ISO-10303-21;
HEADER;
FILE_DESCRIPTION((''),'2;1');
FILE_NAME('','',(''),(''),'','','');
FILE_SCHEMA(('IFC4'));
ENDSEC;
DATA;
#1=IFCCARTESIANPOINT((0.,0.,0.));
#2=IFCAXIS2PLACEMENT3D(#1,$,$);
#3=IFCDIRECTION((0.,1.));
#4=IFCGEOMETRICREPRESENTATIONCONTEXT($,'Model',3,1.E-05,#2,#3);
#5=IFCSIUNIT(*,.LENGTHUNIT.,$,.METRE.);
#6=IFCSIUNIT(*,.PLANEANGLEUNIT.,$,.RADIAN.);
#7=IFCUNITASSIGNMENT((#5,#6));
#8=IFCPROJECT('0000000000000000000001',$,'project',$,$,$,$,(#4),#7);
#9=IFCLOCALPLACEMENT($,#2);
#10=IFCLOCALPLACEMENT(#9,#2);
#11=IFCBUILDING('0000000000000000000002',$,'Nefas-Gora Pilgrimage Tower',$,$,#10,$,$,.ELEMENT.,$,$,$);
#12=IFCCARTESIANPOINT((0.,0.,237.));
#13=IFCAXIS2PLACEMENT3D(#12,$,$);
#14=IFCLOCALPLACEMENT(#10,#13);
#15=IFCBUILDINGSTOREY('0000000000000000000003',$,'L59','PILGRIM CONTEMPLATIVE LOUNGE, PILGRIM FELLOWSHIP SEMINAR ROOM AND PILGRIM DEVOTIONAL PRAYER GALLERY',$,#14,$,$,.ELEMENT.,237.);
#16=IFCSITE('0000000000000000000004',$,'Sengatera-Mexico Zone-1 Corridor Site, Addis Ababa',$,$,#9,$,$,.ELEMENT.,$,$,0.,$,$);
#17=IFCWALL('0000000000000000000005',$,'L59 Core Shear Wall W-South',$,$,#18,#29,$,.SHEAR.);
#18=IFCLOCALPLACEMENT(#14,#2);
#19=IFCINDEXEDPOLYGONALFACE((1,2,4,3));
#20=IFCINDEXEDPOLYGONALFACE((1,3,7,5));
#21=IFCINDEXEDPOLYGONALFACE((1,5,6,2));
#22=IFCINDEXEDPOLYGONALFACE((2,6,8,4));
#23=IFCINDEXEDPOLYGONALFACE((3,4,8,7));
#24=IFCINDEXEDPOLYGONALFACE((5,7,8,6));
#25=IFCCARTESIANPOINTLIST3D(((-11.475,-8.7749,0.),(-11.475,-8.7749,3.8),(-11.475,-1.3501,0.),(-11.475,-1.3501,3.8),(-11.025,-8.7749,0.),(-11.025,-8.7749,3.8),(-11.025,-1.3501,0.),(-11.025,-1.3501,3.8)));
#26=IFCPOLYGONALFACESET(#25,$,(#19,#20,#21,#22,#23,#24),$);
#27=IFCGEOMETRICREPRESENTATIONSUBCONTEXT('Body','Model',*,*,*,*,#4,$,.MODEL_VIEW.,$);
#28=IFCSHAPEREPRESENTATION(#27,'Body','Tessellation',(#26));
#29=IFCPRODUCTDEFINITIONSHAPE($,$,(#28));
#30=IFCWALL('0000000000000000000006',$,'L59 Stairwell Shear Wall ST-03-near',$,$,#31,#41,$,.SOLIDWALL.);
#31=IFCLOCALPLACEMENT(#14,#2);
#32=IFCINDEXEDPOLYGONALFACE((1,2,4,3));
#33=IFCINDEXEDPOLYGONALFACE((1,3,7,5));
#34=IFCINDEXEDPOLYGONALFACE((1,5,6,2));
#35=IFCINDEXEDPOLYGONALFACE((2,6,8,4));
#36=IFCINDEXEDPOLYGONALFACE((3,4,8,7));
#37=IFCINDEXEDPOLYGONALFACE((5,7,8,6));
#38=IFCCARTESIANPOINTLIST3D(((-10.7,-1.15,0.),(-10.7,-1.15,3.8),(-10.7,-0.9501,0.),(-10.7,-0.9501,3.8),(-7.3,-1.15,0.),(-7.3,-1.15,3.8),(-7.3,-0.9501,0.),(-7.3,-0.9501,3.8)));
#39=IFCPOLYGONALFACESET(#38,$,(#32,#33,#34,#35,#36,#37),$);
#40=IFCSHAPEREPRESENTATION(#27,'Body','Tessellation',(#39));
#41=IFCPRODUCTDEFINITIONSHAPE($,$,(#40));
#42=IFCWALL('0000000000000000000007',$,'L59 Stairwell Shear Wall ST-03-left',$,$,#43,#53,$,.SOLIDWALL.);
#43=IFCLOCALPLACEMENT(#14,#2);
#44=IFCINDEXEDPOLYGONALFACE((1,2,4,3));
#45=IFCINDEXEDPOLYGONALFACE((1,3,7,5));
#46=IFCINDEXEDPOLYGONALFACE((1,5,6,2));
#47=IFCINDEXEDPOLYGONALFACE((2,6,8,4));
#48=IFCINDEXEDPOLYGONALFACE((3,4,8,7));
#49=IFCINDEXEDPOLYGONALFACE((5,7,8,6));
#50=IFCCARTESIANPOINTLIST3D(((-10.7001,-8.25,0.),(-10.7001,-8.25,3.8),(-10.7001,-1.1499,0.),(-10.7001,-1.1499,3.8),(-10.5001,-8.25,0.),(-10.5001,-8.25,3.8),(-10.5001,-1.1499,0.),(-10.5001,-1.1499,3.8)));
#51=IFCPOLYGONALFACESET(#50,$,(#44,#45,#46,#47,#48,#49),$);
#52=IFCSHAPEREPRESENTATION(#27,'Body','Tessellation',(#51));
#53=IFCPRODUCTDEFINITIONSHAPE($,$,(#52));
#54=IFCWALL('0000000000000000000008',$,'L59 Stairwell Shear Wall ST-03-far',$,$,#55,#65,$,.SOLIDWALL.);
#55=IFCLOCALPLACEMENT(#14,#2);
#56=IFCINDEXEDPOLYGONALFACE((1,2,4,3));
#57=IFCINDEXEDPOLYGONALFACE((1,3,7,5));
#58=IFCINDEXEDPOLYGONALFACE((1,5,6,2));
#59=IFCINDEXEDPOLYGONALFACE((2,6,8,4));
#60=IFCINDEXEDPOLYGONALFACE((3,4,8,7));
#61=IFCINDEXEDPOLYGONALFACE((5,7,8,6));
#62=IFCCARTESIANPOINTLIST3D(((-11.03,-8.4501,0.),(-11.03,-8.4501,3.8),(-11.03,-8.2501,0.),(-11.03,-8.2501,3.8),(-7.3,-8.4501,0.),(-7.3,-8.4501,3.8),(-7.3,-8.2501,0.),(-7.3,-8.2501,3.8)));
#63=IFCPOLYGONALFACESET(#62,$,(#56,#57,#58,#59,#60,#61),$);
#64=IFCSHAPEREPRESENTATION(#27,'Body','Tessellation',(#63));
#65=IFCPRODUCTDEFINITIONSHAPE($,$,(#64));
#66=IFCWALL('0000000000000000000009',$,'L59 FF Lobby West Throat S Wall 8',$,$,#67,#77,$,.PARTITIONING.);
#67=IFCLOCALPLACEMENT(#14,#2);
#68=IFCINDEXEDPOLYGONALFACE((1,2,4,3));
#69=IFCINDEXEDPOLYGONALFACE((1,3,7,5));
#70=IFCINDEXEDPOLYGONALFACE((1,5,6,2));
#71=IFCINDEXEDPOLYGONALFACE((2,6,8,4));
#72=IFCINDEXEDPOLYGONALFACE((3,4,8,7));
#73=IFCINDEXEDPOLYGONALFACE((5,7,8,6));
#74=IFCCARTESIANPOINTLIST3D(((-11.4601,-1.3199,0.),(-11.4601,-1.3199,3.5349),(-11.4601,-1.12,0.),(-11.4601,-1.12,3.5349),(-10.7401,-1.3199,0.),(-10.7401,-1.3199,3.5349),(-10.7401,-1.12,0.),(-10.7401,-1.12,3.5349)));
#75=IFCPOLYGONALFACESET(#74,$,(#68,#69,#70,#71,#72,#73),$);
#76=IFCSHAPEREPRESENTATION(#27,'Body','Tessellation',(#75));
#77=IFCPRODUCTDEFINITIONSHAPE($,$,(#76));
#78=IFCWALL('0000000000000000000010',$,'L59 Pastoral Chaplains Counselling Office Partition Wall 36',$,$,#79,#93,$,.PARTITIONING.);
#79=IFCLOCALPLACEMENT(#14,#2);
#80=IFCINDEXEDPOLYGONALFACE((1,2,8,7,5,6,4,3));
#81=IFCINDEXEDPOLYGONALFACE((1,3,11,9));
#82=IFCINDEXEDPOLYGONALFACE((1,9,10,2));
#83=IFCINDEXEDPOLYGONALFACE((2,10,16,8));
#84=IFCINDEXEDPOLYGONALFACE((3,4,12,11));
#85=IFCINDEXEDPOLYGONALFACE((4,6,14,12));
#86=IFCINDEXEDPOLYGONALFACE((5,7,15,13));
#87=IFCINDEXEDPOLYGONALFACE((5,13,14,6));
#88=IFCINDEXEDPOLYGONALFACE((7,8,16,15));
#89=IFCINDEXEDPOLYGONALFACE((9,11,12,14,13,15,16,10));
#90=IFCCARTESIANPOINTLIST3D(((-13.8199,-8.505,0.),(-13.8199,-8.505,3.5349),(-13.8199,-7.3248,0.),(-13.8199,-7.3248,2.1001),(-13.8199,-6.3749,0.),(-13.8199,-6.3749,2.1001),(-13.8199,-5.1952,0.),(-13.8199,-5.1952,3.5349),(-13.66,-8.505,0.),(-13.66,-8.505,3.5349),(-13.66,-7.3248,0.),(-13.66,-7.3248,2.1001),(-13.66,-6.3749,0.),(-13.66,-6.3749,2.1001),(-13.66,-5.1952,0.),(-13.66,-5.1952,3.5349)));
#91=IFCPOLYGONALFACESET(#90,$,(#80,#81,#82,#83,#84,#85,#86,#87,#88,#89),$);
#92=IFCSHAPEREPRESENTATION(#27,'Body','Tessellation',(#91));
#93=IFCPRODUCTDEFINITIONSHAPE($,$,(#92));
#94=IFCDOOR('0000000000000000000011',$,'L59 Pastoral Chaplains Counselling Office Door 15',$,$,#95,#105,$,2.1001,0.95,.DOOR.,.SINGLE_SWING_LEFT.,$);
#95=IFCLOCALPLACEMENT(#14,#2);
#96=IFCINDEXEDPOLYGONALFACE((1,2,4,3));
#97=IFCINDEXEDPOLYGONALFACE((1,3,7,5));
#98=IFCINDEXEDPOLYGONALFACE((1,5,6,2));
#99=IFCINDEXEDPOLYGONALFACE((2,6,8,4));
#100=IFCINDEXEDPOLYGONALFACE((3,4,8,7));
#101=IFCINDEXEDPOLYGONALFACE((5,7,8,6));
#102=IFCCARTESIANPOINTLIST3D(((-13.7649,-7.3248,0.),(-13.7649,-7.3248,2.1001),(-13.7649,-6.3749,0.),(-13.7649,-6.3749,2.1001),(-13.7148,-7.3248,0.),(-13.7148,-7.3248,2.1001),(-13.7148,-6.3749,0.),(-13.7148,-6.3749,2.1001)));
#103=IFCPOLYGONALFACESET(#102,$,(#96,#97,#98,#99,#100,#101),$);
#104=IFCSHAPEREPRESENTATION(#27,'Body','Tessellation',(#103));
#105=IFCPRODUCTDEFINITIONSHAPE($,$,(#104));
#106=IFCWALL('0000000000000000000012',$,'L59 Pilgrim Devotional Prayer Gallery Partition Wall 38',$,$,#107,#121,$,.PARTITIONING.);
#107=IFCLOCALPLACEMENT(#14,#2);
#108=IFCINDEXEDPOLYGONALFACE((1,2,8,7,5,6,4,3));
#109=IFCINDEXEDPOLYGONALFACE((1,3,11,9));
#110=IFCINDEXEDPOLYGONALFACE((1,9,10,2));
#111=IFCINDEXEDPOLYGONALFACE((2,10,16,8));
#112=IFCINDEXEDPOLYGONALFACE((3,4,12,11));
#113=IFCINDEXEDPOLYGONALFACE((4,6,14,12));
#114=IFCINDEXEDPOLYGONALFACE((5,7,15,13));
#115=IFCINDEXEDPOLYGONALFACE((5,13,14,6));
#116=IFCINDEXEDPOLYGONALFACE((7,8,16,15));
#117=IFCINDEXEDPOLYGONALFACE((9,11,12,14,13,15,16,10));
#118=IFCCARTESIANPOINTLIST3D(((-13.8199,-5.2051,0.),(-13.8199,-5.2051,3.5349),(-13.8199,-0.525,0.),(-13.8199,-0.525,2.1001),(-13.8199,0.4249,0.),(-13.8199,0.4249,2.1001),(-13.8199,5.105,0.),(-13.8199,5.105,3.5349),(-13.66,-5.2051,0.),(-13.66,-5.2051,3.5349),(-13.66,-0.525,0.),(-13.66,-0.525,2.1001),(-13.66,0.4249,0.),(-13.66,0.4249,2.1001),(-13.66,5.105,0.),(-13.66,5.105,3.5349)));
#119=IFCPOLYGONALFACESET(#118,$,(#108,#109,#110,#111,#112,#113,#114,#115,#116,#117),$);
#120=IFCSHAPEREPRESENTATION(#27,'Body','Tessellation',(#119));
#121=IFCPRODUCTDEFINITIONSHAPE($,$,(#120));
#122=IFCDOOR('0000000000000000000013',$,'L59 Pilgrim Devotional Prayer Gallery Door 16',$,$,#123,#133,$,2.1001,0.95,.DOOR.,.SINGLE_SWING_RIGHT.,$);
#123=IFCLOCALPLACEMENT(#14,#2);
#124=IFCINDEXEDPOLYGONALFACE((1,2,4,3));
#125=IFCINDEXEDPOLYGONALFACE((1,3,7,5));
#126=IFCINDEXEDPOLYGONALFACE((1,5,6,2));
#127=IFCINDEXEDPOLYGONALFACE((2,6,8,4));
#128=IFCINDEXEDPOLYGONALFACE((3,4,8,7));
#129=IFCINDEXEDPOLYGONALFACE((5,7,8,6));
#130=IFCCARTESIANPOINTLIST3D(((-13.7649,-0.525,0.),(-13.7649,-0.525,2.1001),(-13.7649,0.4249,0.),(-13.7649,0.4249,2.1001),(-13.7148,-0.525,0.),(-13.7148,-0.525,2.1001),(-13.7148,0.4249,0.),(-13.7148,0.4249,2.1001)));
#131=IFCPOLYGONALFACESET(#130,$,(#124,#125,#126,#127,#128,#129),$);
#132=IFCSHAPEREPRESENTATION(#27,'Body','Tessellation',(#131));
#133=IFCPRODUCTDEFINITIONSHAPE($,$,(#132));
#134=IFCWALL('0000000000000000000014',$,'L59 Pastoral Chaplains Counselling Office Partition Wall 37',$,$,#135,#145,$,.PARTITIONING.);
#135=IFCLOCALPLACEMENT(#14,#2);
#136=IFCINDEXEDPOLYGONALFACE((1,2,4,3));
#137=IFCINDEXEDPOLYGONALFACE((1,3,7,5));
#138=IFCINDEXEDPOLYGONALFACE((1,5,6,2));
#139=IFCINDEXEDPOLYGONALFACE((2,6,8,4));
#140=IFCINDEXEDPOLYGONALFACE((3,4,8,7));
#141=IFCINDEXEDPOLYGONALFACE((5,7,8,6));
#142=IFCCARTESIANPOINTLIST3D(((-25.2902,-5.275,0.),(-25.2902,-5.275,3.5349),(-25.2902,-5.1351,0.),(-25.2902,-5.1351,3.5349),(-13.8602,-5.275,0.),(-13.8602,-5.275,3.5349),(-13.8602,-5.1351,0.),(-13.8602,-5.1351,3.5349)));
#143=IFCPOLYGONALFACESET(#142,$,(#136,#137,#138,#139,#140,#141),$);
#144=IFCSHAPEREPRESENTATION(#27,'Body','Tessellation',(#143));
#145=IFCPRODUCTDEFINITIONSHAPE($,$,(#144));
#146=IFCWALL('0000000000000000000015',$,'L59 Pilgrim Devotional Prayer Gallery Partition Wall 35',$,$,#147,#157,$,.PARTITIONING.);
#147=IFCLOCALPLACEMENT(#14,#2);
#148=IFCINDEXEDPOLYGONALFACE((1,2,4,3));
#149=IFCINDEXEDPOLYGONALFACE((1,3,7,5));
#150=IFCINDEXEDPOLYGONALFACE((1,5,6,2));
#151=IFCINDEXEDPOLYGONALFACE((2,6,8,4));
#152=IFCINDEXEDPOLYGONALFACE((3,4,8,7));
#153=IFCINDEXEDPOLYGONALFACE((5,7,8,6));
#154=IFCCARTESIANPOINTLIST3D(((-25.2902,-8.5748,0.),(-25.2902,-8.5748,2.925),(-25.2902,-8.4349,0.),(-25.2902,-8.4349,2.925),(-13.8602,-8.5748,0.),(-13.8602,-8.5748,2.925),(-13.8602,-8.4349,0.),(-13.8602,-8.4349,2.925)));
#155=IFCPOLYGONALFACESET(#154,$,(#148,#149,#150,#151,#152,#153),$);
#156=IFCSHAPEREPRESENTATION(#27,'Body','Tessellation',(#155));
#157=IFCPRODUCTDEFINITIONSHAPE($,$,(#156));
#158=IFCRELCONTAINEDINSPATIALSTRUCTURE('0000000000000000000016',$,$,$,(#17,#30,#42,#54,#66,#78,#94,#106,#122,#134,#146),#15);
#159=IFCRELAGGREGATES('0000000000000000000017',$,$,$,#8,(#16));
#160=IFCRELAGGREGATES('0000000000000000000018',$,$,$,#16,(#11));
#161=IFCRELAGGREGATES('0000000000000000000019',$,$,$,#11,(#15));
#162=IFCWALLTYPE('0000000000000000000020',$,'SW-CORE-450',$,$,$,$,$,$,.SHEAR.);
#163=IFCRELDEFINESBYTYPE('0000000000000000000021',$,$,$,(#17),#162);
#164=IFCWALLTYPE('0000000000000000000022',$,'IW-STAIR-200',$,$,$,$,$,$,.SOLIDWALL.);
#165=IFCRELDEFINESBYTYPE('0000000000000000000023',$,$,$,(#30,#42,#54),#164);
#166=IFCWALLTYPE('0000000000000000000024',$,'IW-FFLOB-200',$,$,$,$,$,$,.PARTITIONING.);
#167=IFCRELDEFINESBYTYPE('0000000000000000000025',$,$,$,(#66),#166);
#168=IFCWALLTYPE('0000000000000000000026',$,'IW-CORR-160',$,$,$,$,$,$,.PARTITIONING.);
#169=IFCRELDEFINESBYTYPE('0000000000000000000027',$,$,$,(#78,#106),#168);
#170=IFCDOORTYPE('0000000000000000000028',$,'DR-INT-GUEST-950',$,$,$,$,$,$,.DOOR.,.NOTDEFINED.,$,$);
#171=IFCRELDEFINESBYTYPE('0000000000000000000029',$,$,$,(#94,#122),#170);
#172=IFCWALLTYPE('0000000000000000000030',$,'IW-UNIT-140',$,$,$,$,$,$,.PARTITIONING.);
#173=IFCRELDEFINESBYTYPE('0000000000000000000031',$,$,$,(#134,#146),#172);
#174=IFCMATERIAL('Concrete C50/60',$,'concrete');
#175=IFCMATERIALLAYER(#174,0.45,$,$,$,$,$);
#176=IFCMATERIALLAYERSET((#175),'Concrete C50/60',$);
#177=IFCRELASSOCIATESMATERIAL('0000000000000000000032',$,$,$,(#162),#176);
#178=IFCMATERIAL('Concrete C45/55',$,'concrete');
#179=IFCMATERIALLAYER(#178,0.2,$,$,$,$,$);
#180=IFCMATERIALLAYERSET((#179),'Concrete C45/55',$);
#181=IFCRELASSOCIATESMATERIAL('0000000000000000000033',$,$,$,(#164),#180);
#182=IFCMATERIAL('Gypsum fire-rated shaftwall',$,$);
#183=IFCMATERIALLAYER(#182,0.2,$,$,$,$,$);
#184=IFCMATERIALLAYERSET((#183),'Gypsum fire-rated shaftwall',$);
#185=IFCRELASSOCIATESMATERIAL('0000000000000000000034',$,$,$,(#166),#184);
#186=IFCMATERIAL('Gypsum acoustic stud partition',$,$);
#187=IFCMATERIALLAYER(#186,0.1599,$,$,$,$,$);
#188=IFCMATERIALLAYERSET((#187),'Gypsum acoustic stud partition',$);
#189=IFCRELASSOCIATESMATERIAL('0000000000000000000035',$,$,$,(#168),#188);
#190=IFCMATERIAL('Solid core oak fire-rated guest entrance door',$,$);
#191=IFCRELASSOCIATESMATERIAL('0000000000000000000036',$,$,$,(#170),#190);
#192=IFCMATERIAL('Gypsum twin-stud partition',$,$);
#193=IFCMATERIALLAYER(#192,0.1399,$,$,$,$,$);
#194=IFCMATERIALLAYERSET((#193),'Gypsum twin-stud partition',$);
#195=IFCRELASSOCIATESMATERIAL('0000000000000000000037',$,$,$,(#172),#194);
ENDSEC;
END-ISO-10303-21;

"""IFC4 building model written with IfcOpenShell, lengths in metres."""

from ifc_helpers import new_model, si_unit, direction, frame, frame_2d, origin, place, context, subcontext, project, spatial, rectangle, extrude, source, transform, mapped, material, layer, layer_set, type_object, element, fill, save


model = new_model("IFC4")

# Units and contexts
model_context = context("Model", 3, precision=1e-05, world=origin(), true_north=direction((0.0, 1.0)))
body_context = subcontext(model_context, "Body", "Model", "MODEL_VIEW")
ifc_project = project(units=[si_unit("LENGTHUNIT", "METRE"), si_unit("PLANEANGLEUNIT", "RADIAN")], contexts=[model_context])

# Site, building, storey
site_placement = place(None, origin())
site = spatial("IfcSite", under=ifc_project, at=site_placement, Name="Sengatera-Mexico Zone-1 Corridor Site, Addis Ababa", CompositionType="ELEMENT", RefElevation=0.0)
building_placement = place(site_placement, origin())
building = spatial("IfcBuilding", under=site, at=building_placement, Name="Nefas-Gora Pilgrimage Tower", CompositionType="ELEMENT")
storey_placement = place(building_placement, frame((0.0, 0.0, 237.0)))
storey = spatial("IfcBuildingStorey", under=building, at=storey_placement, Name="L59", Description="PILGRIM CONTEMPLATIVE LOUNGE, PILGRIM FELLOWSHIP SEMINAR ROOM AND PILGRIM DEVOTIONAL PRAYER GALLERY", CompositionType="ELEMENT", Elevation=237.0)

# Shared definitions
ifc_material_1 = material(Name="Concrete C50/60", Category="concrete")

# Walls
ifc_layer_1 = layer(ifc_material_1, 0.45)
ifc_layer_set_1 = layer_set([ifc_layer_1], Name="Concrete C50/60")
wall_type_1 = type_object("IfcWallType", Name="SW-CORE-450", PredefinedType="SHEAR", material=ifc_layer_set_1)
shared_shape_1 = source(origin(), body_context, "Body", "SweptSolid", [
    extrude(rectangle(XDim=7.4248, YDim=0.45, at=frame_2d((3.7124, 0.0))), origin(), (0.0, 0.0, 1.0), 3.8),
])
wall_1_placement = place(storey_placement, frame((-11.25, -8.7749, 0.0), z_axis=(0.0, 0.0, 1.0), x_axis=(0.0, 1.0, 0.0)))
element("IfcWall", 1, at=wall_1_placement, inside=storey, type_object=wall_type_1, Name="L59 Core Shear Wall W-South", PredefinedType="SHEAR", context=body_context, shape_type="MappedRepresentation", body=[
    mapped(shared_shape_1, transform((0.0, 0.0, 0.0), x_axis=(1.0, 0.0, 0.0), y_axis=(0.0, 1.0, 0.0), z_axis=(0.0, 0.0, 1.0), scale=1.0)),
])
ifc_material_2 = material(Name="Concrete C45/55", Category="concrete")
ifc_layer_2 = layer(ifc_material_2, 0.2)
ifc_layer_set_2 = layer_set([ifc_layer_2], Name="Concrete C45/55")
wall_type_2 = type_object("IfcWallType", Name="IW-STAIR-200", PredefinedType="SOLIDWALL", material=ifc_layer_set_2)
shared_shape_2 = source(origin(), body_context, "Body", "SweptSolid", [
    extrude(rectangle(XDim=3.3999, YDim=0.2, at=frame_2d((1.7, 0.0))), origin(), (0.0, 0.0, 1.0), 3.8),
])
wall_2_placement = place(storey_placement, frame((-10.7, -1.05, 0.0), z_axis=(0.0, 0.0, 1.0), x_axis=(1.0, 0.0, 0.0)))
element("IfcWall", 2, at=wall_2_placement, inside=storey, type_object=wall_type_2, Name="L59 Stairwell Shear Wall ST-03-near", PredefinedType="SOLIDWALL", context=body_context, shape_type="MappedRepresentation", body=[
    mapped(shared_shape_2, transform((0.0, 0.0, 0.0), x_axis=(1.0, 0.0, 0.0), y_axis=(0.0, 1.0, 0.0), z_axis=(0.0, 0.0, 1.0), scale=1.0)),
])
shared_shape_3 = source(origin(), body_context, "Body", "SweptSolid", [
    extrude(rectangle(XDim=7.1001, YDim=0.2, at=frame_2d((3.55, 0.0))), origin(), (0.0, 0.0, 1.0), 3.8),
])
wall_3_placement = place(storey_placement, frame((-10.6001, -1.1499, 0.0), z_axis=(0.0, 0.0, 1.0), x_axis=(0.0, -1.0, 0.0)))
element("IfcWall", 3, at=wall_3_placement, inside=storey, type_object=wall_type_2, Name="L59 Stairwell Shear Wall ST-03-left", PredefinedType="SOLIDWALL", context=body_context, shape_type="MappedRepresentation", body=[
    mapped(shared_shape_3, transform((0.0, 0.0, 0.0), x_axis=(1.0, 0.0, 0.0), y_axis=(0.0, 1.0, 0.0), z_axis=(0.0, 0.0, 1.0), scale=1.0)),
])
shared_shape_4 = source(origin(), body_context, "Body", "SweptSolid", [
    extrude(rectangle(XDim=3.73, YDim=0.2, at=frame_2d((1.865, 0.0))), origin(), (0.0, 0.0, 1.0), 3.8),
])
wall_4_placement = place(storey_placement, frame((-11.03, -8.3501, 0.0), z_axis=(0.0, 0.0, 1.0), x_axis=(1.0, 0.0, 0.0)))
element("IfcWall", 4, at=wall_4_placement, inside=storey, type_object=wall_type_2, Name="L59 Stairwell Shear Wall ST-03-far", PredefinedType="SOLIDWALL", context=body_context, shape_type="MappedRepresentation", body=[
    mapped(shared_shape_4, transform((0.0, 0.0, 0.0), x_axis=(1.0, 0.0, 0.0), y_axis=(0.0, 1.0, 0.0), z_axis=(0.0, 0.0, 1.0), scale=1.0)),
])
ifc_material_3 = material(Name="Gypsum fire-rated shaftwall")
ifc_layer_3 = layer(ifc_material_3, 0.2)
ifc_layer_set_3 = layer_set([ifc_layer_3], Name="Gypsum fire-rated shaftwall")
wall_type_3 = type_object("IfcWallType", Name="IW-FFLOB-200", PredefinedType="PARTITIONING", material=ifc_layer_set_3)
shared_shape_5 = source(origin(), body_context, "Body", "SweptSolid", [
    extrude(rectangle(XDim=0.72, YDim=0.2, at=frame_2d((0.3599, 0.0))), origin(), (0.0, 0.0, 1.0), 3.5349),
])
wall_5_placement = place(storey_placement, frame((-11.46, -1.22, 0.0), z_axis=(0.0, 0.0, 1.0), x_axis=(1.0, 0.0, 0.0)))
element("IfcWall", 5, at=wall_5_placement, inside=storey, type_object=wall_type_3, Name="L59 FF Lobby West Throat S Wall 8", PredefinedType="PARTITIONING", context=body_context, shape_type="MappedRepresentation", body=[
    mapped(shared_shape_5, transform((0.0, 0.0, 0.0), x_axis=(1.0, 0.0, 0.0), y_axis=(0.0, 1.0, 0.0), z_axis=(0.0, 0.0, 1.0), scale=1.0)),
])

# Walls, openings, doors
ifc_material_4 = material(Name="Gypsum acoustic stud partition")
ifc_layer_4 = layer(ifc_material_4, 0.1599)
ifc_layer_set_4 = layer_set([ifc_layer_4], Name="Gypsum acoustic stud partition")
wall_type_4 = type_object("IfcWallType", Name="IW-CORR-160", PredefinedType="PARTITIONING", material=ifc_layer_set_4)
shared_shape_6 = source(origin(), body_context, "Body", "SweptSolid", [
    extrude(rectangle(XDim=3.3098, YDim=0.1599, at=frame_2d((1.6548, 0.0))), origin(), (0.0, 0.0, 1.0), 3.5349),
])
wall_6_placement = place(storey_placement, frame((-13.74, -8.5049, 0.0), z_axis=(0.0, 0.0, 1.0), x_axis=(0.0, 1.0, 0.0)))
wall_6 = element("IfcWall", 6, at=wall_6_placement, inside=storey, type_object=wall_type_4, Name="L59 Pastoral Chaplains Counselling Office Partition Wall 36", PredefinedType="PARTITIONING", context=body_context, shape_type="MappedRepresentation", body=[
    mapped(shared_shape_6, transform((0.0, 0.0, 0.0), x_axis=(1.0, 0.0, 0.0), y_axis=(0.0, 1.0, 0.0), z_axis=(0.0, 0.0, 1.0), scale=1.0)),
])
opening_1_placement = place(wall_6_placement, frame((1.1799, 0.0, 0.0)))
opening_1 = element("IfcOpeningElement", 7, at=opening_1_placement, cuts=wall_6, PredefinedType="OPENING", context=body_context, shape_type="SweptSolid", body=[
    extrude(rectangle(XDim=0.95, YDim=2.1001, at=frame_2d((0.4751, 1.05))), frame((0.0, 0.0898, 0.0), z_axis=(0.0, -1.0, 0.0), x_axis=(1.0, 0.0, 0.0)), (0.0, 0.0, 1.0), 0.1799),
])
ifc_material_5 = material(Name="Solid core oak fire-rated guest entrance door")
door_type_1 = type_object("IfcDoorType", Name="DR-INT-GUEST-950", OperationType="NOTDEFINED", PredefinedType="DOOR", material=ifc_material_5)
shared_shape_7 = source(origin(), body_context, "Body", "SweptSolid", [
    extrude(rectangle(XDim=0.95, YDim=2.1001, at=frame_2d((0.4751, 1.05))), frame((0.0, 0.0249, 0.0), z_axis=(0.0, -1.0, 0.0), x_axis=(1.0, 0.0, 0.0)), (0.0, 0.0, 1.0), 0.05),
])
door_1_placement = place(opening_1_placement, origin())
door_1 = element("IfcDoor", 8, at=door_1_placement, inside=storey, type_object=door_type_1, Name="L59 Pastoral Chaplains Counselling Office Door 15", OperationType="SINGLE_SWING_LEFT", OverallHeight=2.1001, OverallWidth=0.95, PredefinedType="DOOR", context=body_context, shape_type="MappedRepresentation", body=[
    mapped(shared_shape_7, transform((0.0, 0.0, 0.0), x_axis=(1.0, 0.0, 0.0), y_axis=(0.0, 1.0, 0.0), z_axis=(0.0, 0.0, 1.0), scale=1.0)),
])
fill(opening_1, door_1)
shared_shape_8 = source(origin(), body_context, "Body", "SweptSolid", [
    extrude(rectangle(XDim=10.3101, YDim=0.1599, at=frame_2d((5.155, 0.0))), origin(), (0.0, 0.0, 1.0), 3.5349),
])
wall_7_placement = place(storey_placement, frame((-13.74, -5.2051, 0.0), z_axis=(0.0, 0.0, 1.0), x_axis=(0.0, 1.0, 0.0)))
wall_7 = element("IfcWall", 9, at=wall_7_placement, inside=storey, type_object=wall_type_4, Name="L59 Pilgrim Devotional Prayer Gallery Partition Wall 38", PredefinedType="PARTITIONING", context=body_context, shape_type="MappedRepresentation", body=[
    mapped(shared_shape_8, transform((0.0, 0.0, 0.0), x_axis=(1.0, 0.0, 0.0), y_axis=(0.0, 1.0, 0.0), z_axis=(0.0, 0.0, 1.0), scale=1.0)),
])
opening_2_placement = place(wall_7_placement, frame((4.6799, 0.0, 0.0)))
opening_2 = element("IfcOpeningElement", 10, at=opening_2_placement, cuts=wall_7, PredefinedType="OPENING", context=body_context, shape_type="SweptSolid", body=[
    extrude(rectangle(XDim=0.95, YDim=2.1001, at=frame_2d((0.4751, 1.05))), frame((0.0, 0.0898, 0.0), z_axis=(0.0, -1.0, 0.0), x_axis=(1.0, 0.0, 0.0)), (0.0, 0.0, 1.0), 0.1799),
])
door_2_placement = place(opening_2_placement, origin())
door_2 = element("IfcDoor", 11, at=door_2_placement, inside=storey, type_object=door_type_1, Name="L59 Pilgrim Devotional Prayer Gallery Door 16", OperationType="SINGLE_SWING_RIGHT", OverallHeight=2.1001, OverallWidth=0.95, PredefinedType="DOOR", context=body_context, shape_type="MappedRepresentation", body=[
    mapped(shared_shape_7, transform((0.0, 0.0, 0.0), x_axis=(1.0, 0.0, 0.0), y_axis=(0.0, 1.0, 0.0), z_axis=(0.0, 0.0, 1.0), scale=1.0)),
])
fill(opening_2, door_2)

# Wall
ifc_material_6 = material(Name="Gypsum twin-stud partition")
ifc_layer_5 = layer(ifc_material_6, 0.1399)
ifc_layer_set_5 = layer_set([ifc_layer_5], Name="Gypsum twin-stud partition")
wall_type_5 = type_object("IfcWallType", Name="IW-UNIT-140", PredefinedType="PARTITIONING", material=ifc_layer_set_5)
shared_shape_9 = source(origin(), body_context, "Body", "SweptSolid", [
    extrude(rectangle(XDim=11.4299, YDim=0.1399, at=frame_2d((5.7148, 0.0))), origin(), (0.0, 0.0, 1.0), 3.5349),
])
wall_8_placement = place(storey_placement, frame((-25.29, -5.2051, 0.0), z_axis=(0.0, 0.0, 1.0), x_axis=(1.0, 0.0, 0.0)))
element("IfcWall", 12, at=wall_8_placement, inside=storey, type_object=wall_type_5, Name="L59 Pastoral Chaplains Counselling Office Partition Wall 37", PredefinedType="PARTITIONING", context=body_context, shape_type="MappedRepresentation", body=[
    mapped(shared_shape_9, transform((0.0, 0.0, 0.0), x_axis=(1.0, 0.0, 0.0), y_axis=(0.0, 1.0, 0.0), z_axis=(0.0, 0.0, 1.0), scale=1.0)),
])

# Wall
shared_shape_10 = source(origin(), body_context, "Body", "SweptSolid", [
    extrude(rectangle(XDim=11.4299, YDim=0.1399, at=frame_2d((5.7148, 0.0))), origin(), (0.0, 0.0, 1.0), 2.925),
])
wall_9_placement = place(storey_placement, frame((-25.29, -8.5049, 0.0), z_axis=(0.0, 0.0, 1.0), x_axis=(1.0, 0.0, 0.0)))
element("IfcWall", 13, at=wall_9_placement, inside=storey, type_object=wall_type_5, Name="L59 Pilgrim Devotional Prayer Gallery Partition Wall 35", PredefinedType="PARTITIONING", context=body_context, shape_type="MappedRepresentation", body=[
    mapped(shared_shape_10, transform((0.0, 0.0, 0.0), x_axis=(1.0, 0.0, 0.0), y_axis=(0.0, 1.0, 0.0), z_axis=(0.0, 0.0, 1.0), scale=1.0)),
])

save(model, "model.ifc")
